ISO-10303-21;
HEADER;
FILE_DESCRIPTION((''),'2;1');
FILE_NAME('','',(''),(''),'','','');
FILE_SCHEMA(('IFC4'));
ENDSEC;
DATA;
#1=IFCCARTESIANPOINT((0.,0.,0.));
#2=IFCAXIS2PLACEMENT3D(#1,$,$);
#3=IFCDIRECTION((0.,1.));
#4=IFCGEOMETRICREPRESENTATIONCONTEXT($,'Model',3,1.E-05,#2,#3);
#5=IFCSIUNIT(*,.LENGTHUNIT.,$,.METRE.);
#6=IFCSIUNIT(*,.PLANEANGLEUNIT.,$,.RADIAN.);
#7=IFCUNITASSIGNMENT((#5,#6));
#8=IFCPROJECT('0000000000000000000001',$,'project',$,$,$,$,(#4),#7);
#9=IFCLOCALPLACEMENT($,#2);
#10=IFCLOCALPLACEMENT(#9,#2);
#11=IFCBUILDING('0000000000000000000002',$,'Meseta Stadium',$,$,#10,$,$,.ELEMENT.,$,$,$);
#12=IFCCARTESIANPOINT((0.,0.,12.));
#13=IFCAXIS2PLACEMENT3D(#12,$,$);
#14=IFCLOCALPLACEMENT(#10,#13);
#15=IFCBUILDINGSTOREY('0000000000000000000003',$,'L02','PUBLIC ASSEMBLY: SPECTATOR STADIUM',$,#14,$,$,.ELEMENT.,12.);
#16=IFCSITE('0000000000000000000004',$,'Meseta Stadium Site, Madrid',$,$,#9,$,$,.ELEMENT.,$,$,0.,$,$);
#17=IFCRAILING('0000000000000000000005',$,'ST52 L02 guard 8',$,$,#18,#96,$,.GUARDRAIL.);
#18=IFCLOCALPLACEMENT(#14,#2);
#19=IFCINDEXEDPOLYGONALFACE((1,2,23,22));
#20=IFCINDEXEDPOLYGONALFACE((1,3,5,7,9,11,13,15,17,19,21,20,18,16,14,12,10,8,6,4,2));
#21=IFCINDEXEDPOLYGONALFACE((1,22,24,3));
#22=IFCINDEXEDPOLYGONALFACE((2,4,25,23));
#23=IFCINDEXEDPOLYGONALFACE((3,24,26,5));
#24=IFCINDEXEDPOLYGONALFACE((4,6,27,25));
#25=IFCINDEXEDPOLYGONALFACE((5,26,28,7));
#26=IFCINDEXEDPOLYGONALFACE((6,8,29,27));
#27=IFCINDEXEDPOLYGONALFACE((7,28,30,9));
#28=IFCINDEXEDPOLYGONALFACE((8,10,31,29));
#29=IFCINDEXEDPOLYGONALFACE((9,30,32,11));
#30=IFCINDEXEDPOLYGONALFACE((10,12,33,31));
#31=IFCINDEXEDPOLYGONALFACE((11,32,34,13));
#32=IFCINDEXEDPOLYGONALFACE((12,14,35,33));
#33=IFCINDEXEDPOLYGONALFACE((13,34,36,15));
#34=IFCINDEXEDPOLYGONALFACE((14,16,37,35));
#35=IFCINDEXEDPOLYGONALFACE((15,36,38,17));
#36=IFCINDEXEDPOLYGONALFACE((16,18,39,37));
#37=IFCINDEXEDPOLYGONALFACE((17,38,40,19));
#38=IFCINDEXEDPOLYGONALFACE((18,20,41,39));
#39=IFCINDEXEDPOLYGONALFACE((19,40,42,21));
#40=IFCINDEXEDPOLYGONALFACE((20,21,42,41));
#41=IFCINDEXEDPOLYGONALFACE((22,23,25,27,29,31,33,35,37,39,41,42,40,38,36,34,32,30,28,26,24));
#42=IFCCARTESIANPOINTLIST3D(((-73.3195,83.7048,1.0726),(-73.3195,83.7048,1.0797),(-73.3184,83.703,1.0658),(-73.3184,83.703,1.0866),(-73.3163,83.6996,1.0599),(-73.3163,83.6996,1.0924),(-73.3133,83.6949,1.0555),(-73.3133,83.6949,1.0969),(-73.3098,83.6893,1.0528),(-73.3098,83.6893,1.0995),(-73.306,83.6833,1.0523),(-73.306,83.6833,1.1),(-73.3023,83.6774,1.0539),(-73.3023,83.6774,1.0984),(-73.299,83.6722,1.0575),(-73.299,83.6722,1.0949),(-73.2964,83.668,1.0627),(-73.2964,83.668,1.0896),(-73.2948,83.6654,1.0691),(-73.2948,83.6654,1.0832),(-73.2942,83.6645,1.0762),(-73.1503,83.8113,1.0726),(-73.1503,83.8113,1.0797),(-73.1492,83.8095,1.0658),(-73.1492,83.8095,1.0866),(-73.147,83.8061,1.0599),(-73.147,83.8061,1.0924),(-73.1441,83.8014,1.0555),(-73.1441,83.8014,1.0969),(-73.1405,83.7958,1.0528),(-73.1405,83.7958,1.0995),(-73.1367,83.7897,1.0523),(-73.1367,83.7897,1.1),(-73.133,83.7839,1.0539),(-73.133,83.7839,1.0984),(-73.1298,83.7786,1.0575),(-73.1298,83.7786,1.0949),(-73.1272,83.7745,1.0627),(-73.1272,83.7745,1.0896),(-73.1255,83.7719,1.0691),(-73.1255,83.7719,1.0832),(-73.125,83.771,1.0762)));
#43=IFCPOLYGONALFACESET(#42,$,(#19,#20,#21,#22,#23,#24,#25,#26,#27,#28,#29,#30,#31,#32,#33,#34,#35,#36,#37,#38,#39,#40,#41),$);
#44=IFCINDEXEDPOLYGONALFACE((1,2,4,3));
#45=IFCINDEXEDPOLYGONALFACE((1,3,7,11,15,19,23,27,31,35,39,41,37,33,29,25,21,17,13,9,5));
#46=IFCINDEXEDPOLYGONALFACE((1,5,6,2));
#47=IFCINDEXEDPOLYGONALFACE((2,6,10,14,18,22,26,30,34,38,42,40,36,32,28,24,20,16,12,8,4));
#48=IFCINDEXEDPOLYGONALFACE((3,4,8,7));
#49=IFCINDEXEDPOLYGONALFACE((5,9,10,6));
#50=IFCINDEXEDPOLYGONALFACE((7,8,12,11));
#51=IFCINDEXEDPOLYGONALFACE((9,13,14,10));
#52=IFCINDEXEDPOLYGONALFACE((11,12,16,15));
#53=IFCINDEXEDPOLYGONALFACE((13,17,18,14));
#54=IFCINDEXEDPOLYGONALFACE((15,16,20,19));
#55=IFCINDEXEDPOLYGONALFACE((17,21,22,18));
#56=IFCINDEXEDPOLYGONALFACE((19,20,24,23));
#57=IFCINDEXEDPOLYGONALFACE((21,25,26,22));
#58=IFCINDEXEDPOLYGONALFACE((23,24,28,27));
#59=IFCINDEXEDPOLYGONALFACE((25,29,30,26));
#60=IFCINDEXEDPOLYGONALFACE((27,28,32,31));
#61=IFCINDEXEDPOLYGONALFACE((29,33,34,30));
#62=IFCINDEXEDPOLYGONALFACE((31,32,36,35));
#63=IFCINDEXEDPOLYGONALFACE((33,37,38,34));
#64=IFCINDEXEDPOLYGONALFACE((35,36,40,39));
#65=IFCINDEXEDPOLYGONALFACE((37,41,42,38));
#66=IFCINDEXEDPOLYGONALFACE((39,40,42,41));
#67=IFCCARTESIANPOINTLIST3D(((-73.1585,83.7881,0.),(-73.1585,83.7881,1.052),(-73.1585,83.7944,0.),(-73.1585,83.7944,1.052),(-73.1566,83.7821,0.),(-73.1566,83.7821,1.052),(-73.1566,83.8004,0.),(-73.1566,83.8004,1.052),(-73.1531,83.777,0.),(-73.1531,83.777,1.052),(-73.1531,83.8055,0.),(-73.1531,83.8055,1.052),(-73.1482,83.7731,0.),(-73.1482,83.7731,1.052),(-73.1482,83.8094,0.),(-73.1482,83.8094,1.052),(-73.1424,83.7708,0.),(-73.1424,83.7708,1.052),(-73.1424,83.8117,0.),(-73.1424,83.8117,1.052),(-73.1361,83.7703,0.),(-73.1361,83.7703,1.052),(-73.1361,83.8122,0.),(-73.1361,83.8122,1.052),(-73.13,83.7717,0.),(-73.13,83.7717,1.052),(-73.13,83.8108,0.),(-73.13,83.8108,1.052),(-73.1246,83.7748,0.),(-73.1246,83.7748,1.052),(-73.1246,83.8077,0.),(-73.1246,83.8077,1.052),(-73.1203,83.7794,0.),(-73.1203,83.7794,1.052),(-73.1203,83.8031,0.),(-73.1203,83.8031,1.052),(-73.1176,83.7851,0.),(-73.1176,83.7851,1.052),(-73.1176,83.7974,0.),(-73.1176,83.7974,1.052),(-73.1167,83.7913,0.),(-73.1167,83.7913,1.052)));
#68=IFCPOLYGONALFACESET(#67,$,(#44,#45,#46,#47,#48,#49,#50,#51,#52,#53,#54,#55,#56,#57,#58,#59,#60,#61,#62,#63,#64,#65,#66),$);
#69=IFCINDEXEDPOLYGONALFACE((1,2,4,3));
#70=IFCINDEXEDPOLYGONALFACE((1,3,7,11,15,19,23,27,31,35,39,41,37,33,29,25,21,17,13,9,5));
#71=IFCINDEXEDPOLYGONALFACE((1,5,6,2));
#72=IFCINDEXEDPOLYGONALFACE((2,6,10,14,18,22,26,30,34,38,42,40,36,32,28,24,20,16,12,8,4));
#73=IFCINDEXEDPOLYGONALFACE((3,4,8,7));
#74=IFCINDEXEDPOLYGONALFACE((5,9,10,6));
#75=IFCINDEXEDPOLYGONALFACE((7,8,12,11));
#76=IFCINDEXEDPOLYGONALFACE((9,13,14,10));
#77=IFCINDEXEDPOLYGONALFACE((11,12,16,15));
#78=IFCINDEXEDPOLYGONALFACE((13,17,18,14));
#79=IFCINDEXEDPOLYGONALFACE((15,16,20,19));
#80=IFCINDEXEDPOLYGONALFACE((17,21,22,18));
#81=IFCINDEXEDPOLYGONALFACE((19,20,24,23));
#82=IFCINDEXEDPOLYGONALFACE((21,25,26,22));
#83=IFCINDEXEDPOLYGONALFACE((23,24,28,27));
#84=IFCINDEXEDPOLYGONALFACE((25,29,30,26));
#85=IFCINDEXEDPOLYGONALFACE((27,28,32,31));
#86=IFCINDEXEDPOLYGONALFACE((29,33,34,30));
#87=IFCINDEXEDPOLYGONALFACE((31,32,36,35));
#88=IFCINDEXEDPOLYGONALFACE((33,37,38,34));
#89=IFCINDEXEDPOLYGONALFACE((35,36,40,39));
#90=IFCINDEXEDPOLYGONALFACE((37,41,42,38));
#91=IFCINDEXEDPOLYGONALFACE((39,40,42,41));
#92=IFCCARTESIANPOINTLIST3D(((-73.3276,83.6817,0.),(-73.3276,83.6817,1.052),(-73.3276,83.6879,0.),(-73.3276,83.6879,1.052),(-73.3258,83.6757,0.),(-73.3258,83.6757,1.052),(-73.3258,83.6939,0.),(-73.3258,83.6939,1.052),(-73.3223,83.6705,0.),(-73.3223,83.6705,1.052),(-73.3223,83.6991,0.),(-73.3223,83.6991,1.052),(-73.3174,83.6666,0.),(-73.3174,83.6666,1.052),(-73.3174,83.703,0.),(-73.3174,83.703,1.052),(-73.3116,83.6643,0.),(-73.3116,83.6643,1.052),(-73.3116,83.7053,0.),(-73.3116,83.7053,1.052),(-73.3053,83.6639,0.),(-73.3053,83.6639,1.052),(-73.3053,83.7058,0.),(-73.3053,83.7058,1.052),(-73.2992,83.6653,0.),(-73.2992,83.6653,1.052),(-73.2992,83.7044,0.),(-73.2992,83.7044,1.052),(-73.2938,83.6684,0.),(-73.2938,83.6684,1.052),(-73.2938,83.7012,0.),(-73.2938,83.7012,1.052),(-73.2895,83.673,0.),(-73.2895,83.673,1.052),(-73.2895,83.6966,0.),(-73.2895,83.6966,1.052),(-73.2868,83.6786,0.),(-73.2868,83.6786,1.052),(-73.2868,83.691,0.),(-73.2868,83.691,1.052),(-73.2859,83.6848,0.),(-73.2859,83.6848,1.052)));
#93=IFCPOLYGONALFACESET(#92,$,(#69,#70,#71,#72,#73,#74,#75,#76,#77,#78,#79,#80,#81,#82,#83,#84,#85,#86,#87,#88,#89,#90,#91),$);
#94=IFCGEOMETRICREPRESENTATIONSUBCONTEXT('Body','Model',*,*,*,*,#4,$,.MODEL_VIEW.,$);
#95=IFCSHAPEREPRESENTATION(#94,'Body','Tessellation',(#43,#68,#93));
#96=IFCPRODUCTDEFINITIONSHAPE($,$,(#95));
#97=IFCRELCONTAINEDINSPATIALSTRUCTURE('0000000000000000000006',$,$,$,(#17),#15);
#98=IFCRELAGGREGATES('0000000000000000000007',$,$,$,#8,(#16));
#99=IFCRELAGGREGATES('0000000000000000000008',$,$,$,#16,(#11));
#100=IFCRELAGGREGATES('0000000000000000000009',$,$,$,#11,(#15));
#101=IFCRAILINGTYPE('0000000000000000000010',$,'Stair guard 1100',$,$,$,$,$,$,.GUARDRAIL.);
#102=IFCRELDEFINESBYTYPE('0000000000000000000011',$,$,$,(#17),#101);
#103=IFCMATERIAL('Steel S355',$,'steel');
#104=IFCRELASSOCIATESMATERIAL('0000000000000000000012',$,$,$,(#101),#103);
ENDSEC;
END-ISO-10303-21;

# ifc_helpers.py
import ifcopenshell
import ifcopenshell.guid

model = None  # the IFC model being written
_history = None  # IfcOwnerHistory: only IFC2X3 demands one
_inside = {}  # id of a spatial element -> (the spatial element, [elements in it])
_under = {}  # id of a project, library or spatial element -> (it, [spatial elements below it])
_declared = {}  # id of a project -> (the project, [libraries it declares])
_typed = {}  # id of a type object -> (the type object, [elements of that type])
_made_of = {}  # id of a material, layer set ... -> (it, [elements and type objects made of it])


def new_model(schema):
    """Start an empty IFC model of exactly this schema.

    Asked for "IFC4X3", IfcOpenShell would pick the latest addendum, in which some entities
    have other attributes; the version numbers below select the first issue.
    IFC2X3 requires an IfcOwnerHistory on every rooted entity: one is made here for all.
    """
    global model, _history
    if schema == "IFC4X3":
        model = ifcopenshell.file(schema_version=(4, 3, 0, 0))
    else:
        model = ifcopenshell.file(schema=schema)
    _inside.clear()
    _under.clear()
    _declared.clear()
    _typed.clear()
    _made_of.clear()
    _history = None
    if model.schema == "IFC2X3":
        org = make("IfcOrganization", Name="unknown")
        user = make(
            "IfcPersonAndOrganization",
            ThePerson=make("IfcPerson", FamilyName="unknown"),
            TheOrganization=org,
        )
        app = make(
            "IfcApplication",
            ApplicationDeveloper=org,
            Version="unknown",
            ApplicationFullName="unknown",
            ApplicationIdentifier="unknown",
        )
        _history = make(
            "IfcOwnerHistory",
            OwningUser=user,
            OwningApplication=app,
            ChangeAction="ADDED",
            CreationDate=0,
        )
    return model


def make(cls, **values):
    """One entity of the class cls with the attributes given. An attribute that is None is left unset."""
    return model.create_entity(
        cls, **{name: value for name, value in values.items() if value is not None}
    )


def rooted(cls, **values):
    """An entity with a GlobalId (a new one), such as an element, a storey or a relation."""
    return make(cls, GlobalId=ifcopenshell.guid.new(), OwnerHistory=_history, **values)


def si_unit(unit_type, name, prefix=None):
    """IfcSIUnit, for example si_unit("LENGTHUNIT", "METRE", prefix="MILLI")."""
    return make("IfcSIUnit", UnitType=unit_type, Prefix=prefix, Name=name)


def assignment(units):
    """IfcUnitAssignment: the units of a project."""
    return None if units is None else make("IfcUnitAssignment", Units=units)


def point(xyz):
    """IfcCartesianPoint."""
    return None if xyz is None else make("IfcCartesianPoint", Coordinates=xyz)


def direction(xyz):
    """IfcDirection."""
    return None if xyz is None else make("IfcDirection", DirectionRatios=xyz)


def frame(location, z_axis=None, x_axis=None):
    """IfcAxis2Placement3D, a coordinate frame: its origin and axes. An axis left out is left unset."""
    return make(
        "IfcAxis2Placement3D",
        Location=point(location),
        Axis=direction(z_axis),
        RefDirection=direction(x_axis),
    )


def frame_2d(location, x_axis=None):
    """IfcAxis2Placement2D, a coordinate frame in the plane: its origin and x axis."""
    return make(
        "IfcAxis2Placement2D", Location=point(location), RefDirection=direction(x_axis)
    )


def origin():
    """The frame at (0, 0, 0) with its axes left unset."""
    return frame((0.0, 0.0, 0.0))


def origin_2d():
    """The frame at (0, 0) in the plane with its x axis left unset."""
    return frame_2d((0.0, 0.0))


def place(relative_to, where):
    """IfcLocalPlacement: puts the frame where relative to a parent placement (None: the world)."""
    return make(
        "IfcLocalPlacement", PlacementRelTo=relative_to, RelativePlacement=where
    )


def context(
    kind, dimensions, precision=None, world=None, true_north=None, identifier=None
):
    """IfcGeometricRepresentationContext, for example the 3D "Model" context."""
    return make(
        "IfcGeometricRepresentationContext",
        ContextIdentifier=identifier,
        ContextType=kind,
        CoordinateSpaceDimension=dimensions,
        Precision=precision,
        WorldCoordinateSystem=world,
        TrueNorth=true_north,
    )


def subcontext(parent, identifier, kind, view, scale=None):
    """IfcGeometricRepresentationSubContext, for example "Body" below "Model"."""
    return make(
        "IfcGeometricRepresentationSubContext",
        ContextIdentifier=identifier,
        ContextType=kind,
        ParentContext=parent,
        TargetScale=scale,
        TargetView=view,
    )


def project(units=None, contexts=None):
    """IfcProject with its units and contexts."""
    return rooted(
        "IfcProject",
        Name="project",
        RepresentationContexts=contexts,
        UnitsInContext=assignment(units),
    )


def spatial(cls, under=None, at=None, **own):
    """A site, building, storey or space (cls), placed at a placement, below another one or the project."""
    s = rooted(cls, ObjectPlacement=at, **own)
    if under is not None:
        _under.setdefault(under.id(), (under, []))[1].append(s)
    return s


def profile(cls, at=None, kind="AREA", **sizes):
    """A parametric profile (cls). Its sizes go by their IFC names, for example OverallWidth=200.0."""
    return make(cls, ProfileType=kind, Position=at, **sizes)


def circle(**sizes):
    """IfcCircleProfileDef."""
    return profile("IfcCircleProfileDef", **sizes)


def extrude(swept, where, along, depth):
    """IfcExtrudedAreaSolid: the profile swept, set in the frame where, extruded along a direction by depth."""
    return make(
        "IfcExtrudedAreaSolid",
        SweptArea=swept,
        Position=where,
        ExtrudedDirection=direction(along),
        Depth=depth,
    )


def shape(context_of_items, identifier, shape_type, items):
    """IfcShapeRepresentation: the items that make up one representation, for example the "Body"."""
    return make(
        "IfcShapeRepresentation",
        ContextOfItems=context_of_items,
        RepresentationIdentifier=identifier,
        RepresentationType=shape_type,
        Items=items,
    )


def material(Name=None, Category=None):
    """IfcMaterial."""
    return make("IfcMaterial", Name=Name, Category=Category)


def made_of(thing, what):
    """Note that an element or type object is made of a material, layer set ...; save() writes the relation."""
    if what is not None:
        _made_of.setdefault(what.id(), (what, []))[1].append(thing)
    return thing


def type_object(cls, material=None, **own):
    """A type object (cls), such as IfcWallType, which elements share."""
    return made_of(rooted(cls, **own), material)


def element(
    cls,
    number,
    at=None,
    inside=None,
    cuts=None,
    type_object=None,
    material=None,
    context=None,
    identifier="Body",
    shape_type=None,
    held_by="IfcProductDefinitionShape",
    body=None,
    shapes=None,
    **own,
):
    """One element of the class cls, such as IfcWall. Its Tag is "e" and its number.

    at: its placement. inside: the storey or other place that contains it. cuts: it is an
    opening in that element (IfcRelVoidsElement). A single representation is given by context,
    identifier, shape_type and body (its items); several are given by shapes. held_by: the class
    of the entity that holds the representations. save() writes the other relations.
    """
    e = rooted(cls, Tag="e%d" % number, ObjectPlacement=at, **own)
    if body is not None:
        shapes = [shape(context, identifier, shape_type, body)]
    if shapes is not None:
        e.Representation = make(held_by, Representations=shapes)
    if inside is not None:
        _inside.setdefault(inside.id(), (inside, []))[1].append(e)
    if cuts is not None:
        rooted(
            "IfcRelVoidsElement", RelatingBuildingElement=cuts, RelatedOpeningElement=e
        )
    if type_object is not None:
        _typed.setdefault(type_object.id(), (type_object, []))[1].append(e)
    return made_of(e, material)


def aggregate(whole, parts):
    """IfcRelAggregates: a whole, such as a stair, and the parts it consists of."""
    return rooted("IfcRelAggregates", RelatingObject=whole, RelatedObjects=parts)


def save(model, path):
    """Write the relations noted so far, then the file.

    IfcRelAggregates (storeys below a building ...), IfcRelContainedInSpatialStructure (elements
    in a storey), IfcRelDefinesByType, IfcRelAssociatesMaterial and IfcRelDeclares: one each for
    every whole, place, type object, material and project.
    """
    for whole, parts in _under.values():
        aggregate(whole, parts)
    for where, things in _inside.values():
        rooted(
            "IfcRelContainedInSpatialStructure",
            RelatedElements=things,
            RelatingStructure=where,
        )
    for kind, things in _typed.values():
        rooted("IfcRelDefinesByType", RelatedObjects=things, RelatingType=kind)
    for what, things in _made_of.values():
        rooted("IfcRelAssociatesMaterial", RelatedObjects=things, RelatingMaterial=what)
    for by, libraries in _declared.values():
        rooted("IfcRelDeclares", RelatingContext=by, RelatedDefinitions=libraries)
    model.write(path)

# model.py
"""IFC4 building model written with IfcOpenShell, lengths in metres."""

from ifc_helpers import new_model, si_unit, direction, frame, origin, origin_2d, place, context, subcontext, project, spatial, circle, extrude, material, type_object, element, save


model = new_model("IFC4")

# Units and contexts
model_context = context("Model", 3, precision=1e-05, world=origin(), true_north=direction((0.0, 1.0)))
body_context = subcontext(model_context, "Body", "Model", "MODEL_VIEW")
ifc_project = project(units=[si_unit("LENGTHUNIT", "METRE"), si_unit("PLANEANGLEUNIT", "RADIAN")], contexts=[model_context])

# Site, building, storey
site_placement = place(None, origin())
site = spatial("IfcSite", under=ifc_project, at=site_placement, Name="Meseta Stadium Site, Madrid", CompositionType="ELEMENT", RefElevation=0.0)
building_placement = place(site_placement, origin())
building = spatial("IfcBuilding", under=site, at=building_placement, Name="Meseta Stadium", CompositionType="ELEMENT")
storey_placement = place(building_placement, frame((0.0, 0.0, 12.0)))
storey = spatial("IfcBuildingStorey", under=building, at=storey_placement, Name="L02", Description="PUBLIC ASSEMBLY: SPECTATOR STADIUM", CompositionType="ELEMENT", Elevation=12.0)

# Railing
ifc_material_1 = material(Name="Steel S355", Category="steel")
railing_type_1 = type_object("IfcRailingType", Name="Stair guard 1100", PredefinedType="GUARDRAIL", material=ifc_material_1)
railing_1_placement = place(storey_placement, frame((-73.1377, 83.7913, 0.0)))
element("IfcRailing", 1, at=railing_1_placement, inside=storey, type_object=railing_type_1, Name="ST52 L02 guard 8", PredefinedType="GUARDRAIL", context=body_context, shape_type="SweptSolid", body=[
    extrude(circle(Radius=0.0239, at=origin_2d()), frame((0.0, 0.0, 1.0762), z_axis=(-0.846416, -0.532522, 0.0), x_axis=(0.532522, -0.846416, 0.0)), (0.0, 0.0, 1.0), 0.2),
    extrude(circle(Radius=0.021, at=origin_2d()), origin(), (0.0, 0.0, 1.0), 1.052),
    extrude(circle(Radius=0.021, at=origin_2d()), frame((-0.1692, -0.1064, 0.0)), (0.0, 0.0, 1.0), 1.052),
])

save(model, "model.ifc")
